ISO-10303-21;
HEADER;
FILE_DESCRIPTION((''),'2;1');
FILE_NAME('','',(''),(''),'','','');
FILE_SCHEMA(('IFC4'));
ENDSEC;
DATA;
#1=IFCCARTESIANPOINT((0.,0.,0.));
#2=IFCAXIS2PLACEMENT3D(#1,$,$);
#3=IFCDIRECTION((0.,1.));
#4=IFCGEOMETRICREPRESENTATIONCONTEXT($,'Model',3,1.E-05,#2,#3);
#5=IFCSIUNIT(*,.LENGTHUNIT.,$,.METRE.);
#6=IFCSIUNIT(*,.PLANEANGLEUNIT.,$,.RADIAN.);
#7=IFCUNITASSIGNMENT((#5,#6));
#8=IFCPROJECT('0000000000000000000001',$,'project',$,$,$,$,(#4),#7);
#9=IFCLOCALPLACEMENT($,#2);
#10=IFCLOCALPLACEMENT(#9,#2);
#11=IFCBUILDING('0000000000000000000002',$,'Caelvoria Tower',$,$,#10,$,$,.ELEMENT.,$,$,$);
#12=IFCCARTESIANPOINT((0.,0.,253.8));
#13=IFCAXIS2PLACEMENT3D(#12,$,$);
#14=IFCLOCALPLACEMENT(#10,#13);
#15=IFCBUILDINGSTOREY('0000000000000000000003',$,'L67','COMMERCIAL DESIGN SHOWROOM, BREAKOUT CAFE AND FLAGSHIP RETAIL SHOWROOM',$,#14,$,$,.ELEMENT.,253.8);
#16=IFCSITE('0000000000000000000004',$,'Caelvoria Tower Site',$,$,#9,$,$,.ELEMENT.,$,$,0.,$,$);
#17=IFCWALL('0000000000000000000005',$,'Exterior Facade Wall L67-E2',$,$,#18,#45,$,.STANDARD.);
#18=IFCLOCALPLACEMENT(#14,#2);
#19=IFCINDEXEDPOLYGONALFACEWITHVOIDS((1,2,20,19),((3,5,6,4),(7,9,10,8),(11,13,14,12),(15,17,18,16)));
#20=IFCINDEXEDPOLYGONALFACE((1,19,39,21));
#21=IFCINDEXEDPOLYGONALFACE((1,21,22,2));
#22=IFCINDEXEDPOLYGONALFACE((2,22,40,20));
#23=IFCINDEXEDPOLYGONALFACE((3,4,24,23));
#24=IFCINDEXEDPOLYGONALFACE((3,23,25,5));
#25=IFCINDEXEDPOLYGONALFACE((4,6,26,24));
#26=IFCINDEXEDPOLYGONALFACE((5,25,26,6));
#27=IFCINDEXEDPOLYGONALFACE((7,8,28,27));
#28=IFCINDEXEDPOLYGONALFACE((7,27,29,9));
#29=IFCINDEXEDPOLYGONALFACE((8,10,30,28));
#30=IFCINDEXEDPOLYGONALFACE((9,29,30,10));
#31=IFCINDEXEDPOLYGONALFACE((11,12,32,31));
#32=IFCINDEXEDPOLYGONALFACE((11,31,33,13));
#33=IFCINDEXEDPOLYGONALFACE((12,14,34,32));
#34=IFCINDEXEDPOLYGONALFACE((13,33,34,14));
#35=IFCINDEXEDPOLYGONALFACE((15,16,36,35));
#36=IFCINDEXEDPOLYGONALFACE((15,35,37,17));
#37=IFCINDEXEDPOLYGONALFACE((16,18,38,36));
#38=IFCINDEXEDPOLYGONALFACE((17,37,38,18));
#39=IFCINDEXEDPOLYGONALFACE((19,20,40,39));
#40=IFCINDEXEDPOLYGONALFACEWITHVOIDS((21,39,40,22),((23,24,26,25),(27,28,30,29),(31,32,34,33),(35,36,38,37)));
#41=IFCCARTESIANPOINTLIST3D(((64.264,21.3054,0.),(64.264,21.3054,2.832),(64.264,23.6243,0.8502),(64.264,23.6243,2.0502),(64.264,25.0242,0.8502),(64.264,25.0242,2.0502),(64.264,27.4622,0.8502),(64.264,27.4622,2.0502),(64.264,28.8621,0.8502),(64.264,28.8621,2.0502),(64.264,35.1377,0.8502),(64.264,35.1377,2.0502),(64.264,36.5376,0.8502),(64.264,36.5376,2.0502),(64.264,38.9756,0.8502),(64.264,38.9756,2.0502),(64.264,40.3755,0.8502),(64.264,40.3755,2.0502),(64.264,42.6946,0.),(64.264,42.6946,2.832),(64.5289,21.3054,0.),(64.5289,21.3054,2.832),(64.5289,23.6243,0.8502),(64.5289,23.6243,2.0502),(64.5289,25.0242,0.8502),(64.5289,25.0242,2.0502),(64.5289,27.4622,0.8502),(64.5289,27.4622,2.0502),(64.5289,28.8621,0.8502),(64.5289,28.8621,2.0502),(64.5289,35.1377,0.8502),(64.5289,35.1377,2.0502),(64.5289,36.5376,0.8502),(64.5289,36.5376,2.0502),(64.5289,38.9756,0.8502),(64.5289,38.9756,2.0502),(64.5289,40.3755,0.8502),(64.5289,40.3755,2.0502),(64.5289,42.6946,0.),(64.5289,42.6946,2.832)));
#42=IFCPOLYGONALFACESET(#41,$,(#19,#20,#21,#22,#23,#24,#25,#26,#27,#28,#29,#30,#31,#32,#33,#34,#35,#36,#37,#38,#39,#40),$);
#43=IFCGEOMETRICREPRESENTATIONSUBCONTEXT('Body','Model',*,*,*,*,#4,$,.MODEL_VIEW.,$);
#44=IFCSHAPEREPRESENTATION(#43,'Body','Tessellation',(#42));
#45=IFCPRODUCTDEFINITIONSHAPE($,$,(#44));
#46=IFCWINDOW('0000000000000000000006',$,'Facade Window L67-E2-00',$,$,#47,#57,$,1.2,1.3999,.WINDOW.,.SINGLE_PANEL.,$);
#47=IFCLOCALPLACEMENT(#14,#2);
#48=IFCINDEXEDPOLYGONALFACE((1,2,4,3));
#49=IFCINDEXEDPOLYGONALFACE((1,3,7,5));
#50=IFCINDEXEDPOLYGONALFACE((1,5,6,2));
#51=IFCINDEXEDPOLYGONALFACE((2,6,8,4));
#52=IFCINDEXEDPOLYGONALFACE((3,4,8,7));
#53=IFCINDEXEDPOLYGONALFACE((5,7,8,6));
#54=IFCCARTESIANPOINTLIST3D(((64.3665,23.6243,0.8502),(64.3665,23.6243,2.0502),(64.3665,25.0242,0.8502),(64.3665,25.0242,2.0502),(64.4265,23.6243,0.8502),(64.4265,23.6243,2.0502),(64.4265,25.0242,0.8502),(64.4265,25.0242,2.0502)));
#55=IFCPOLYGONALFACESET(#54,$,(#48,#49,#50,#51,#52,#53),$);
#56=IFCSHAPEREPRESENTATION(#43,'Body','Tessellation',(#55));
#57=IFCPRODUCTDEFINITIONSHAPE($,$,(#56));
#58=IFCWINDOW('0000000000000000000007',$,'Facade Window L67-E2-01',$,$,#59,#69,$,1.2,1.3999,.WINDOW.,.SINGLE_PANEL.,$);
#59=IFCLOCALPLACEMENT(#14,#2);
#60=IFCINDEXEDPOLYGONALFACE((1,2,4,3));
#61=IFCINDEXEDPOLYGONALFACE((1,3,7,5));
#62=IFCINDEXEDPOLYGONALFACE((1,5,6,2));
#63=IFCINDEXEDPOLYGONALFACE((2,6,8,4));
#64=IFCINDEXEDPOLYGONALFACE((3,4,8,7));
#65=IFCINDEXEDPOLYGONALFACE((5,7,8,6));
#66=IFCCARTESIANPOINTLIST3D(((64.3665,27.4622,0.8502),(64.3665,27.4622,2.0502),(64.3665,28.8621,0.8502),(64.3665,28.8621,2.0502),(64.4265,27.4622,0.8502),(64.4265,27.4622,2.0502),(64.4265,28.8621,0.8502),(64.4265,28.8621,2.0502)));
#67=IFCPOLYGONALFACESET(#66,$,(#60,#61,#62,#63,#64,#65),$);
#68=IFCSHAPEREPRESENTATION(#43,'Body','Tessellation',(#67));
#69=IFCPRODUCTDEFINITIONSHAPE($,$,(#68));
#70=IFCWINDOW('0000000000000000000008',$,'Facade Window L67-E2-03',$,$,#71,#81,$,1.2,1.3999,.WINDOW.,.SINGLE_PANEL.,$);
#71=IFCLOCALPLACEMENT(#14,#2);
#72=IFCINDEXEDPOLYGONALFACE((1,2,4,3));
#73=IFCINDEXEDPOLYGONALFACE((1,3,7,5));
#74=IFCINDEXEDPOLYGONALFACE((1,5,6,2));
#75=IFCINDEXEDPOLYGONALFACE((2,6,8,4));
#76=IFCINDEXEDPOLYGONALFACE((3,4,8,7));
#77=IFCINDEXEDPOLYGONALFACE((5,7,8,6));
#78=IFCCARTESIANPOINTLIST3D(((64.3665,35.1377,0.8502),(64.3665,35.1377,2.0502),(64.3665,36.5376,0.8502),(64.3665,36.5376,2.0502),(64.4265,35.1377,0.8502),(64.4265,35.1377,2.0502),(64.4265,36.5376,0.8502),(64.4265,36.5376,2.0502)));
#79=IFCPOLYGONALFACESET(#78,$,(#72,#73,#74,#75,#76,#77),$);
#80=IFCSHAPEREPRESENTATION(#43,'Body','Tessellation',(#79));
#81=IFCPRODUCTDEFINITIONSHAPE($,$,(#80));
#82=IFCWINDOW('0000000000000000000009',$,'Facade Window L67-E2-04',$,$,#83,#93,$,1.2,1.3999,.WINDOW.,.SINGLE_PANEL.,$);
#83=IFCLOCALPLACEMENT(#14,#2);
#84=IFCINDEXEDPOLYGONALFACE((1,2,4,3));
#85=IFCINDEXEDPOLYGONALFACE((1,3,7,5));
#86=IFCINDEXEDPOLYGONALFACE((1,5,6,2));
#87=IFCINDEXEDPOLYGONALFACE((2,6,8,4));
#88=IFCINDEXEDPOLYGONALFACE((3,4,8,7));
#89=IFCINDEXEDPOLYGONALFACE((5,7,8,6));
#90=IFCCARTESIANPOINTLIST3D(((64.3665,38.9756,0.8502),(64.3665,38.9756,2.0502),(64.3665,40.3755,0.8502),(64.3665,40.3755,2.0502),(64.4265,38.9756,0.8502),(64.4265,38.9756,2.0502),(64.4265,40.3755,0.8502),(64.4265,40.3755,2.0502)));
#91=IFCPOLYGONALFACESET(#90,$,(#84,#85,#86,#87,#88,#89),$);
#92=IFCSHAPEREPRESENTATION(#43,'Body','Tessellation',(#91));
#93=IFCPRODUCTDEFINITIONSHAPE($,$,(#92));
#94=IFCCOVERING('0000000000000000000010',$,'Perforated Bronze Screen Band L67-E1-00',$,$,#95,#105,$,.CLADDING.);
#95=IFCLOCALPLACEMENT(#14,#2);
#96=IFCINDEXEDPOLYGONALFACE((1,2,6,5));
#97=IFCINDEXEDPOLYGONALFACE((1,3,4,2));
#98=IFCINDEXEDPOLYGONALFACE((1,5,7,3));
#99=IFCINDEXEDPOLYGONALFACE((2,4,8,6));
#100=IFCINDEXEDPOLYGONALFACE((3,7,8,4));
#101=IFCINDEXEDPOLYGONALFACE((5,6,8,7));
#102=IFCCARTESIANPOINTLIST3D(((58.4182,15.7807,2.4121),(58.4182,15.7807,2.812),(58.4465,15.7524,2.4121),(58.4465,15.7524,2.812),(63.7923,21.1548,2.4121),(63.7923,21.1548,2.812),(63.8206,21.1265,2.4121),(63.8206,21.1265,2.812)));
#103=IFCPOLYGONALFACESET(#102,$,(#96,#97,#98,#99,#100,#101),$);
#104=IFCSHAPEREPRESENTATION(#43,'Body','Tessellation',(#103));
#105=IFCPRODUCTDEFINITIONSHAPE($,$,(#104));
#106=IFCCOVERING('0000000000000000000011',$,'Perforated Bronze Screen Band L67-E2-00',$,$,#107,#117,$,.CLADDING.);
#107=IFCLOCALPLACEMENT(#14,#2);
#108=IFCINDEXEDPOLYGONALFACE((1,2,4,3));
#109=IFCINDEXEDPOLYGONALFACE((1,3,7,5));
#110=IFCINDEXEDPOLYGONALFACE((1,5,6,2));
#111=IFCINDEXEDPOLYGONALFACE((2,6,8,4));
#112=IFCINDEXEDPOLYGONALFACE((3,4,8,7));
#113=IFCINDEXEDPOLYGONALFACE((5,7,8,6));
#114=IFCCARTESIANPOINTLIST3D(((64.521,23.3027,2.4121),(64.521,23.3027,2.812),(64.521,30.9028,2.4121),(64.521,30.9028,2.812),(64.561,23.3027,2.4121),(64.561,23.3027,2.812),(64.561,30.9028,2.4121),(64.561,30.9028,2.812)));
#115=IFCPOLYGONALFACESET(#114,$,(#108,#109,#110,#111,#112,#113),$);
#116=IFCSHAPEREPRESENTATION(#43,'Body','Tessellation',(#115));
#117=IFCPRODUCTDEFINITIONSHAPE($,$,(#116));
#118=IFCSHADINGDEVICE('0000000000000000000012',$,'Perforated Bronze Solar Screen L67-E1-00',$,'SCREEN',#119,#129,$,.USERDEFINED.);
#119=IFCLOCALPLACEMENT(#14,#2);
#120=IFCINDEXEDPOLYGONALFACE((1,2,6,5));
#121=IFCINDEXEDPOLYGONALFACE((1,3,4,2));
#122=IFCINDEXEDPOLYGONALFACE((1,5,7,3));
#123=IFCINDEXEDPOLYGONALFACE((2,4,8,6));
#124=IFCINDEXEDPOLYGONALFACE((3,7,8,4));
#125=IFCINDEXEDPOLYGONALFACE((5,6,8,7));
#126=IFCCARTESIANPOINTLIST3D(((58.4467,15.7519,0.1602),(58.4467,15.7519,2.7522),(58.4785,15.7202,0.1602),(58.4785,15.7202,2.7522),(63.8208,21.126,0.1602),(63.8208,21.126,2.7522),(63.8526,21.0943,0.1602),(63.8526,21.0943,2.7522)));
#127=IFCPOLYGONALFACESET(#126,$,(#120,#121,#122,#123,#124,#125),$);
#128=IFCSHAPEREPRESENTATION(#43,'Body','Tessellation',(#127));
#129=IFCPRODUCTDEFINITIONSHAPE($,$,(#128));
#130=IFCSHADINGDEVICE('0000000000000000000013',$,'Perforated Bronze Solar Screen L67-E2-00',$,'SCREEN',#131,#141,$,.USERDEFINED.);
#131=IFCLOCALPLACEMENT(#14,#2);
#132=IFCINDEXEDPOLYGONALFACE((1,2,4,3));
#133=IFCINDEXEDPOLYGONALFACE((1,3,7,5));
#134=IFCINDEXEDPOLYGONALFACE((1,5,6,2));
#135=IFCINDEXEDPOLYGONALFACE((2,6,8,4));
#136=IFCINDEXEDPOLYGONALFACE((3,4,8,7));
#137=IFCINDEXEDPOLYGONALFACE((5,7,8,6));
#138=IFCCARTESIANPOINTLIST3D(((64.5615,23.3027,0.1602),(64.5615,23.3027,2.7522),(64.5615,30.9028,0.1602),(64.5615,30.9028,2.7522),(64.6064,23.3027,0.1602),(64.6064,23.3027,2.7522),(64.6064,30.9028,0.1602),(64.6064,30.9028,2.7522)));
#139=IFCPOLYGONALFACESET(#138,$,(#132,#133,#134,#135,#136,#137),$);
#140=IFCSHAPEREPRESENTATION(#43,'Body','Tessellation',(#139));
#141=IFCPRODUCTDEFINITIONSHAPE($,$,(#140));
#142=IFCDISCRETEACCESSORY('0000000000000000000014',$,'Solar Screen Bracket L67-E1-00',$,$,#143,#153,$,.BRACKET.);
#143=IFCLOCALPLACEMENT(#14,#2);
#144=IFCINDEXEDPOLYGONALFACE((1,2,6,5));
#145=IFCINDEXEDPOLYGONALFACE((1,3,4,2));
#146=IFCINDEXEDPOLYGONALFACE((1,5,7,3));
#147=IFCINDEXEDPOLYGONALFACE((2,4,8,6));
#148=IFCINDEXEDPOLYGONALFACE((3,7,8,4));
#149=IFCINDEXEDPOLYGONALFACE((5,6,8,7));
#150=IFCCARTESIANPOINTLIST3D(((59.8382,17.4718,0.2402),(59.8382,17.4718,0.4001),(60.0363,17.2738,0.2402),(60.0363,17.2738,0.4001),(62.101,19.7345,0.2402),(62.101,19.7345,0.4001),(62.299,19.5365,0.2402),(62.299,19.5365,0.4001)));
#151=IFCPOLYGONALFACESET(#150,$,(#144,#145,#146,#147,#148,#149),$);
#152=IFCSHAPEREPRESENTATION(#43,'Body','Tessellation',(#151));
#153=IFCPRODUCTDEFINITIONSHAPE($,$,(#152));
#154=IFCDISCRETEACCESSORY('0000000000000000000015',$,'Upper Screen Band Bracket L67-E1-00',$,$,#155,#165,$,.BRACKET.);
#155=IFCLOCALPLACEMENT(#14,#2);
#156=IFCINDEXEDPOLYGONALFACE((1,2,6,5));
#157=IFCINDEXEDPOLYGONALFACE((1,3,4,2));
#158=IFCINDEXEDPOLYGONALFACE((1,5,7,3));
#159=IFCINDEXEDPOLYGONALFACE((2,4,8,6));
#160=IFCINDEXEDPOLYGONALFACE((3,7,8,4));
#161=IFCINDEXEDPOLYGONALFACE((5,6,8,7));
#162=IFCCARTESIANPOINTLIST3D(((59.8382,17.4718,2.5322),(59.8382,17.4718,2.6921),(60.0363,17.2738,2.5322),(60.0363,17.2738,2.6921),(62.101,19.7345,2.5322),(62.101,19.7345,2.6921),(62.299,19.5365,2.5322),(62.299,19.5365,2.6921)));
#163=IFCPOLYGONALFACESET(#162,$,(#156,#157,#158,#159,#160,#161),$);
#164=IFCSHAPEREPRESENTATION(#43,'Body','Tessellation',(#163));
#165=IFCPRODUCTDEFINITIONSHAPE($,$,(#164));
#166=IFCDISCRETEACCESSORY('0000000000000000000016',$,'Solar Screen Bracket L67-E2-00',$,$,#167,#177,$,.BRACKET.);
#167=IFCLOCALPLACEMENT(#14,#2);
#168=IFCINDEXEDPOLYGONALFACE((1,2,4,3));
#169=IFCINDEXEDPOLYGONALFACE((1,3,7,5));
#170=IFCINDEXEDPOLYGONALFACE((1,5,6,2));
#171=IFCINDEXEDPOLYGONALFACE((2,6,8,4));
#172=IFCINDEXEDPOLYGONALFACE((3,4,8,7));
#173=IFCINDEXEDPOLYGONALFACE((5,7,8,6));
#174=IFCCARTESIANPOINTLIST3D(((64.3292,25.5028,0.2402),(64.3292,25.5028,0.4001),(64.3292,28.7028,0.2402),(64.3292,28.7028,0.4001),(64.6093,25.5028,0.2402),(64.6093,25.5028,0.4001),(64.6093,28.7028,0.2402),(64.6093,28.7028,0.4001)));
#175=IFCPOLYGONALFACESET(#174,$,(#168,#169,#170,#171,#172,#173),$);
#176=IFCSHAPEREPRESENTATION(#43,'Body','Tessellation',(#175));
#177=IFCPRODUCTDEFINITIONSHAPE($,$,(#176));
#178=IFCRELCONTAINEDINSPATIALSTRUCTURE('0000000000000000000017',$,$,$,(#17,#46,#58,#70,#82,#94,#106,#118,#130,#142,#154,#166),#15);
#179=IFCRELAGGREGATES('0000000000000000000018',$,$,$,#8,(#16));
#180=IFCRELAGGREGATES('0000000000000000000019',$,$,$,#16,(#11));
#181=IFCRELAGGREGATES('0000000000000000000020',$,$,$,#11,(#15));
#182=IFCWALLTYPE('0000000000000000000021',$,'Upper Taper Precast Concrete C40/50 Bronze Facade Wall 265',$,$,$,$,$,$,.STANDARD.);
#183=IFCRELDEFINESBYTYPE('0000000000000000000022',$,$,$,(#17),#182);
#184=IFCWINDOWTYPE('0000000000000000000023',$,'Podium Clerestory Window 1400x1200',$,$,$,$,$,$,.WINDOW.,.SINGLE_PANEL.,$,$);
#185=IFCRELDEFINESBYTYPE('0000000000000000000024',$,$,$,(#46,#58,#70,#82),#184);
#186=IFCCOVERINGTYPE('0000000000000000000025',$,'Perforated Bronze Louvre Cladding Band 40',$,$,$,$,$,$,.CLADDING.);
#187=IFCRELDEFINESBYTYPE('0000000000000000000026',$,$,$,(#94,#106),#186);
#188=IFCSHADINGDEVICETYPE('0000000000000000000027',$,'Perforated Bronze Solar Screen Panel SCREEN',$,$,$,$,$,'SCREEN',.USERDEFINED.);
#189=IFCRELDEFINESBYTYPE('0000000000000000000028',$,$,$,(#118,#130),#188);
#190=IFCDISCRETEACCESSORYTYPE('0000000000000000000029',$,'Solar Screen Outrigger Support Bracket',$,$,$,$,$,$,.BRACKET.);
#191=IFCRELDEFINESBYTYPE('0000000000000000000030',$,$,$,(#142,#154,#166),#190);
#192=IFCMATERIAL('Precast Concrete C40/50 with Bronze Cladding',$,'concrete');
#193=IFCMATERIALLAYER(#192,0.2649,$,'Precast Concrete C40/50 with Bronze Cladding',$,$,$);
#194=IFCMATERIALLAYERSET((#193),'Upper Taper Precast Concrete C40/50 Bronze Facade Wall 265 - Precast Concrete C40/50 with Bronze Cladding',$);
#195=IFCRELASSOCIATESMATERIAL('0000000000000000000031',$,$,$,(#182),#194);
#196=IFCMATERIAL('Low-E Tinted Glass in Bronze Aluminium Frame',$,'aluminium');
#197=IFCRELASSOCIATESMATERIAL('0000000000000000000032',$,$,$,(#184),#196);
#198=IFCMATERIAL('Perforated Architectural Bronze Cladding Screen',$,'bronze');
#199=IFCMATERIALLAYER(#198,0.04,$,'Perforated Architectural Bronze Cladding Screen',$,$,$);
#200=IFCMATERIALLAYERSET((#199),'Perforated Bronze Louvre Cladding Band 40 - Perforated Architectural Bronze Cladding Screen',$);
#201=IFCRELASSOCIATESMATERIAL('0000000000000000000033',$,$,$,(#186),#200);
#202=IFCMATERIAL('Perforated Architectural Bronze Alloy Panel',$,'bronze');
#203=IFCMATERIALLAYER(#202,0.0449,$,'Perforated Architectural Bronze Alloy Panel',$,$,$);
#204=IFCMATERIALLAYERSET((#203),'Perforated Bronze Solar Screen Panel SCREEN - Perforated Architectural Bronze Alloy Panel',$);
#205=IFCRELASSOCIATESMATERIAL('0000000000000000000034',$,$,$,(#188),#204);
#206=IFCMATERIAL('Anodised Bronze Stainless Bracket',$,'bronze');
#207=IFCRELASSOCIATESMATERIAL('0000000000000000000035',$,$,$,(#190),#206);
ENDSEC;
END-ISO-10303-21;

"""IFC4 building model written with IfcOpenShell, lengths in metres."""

from ifc_helpers import new_model, si_unit, direction, frame, frame_2d, origin, origin_2d, place, context, subcontext, project, spatial, rectangle, extrude, material, layer, layer_set, type_object, element, fill, save


model = new_model("IFC4")

# Units and contexts
model_context = context("Model", 3, precision=1e-05, world=origin(), true_north=direction((0.0, 1.0)))
body_context = subcontext(model_context, "Body", "Model", "MODEL_VIEW")
ifc_project = project(units=[si_unit("LENGTHUNIT", "METRE"), si_unit("PLANEANGLEUNIT", "RADIAN")], contexts=[model_context])

# Site, building, storey
site_placement = place(None, origin())
site = spatial("IfcSite", under=ifc_project, at=site_placement, Name="Caelvoria Tower Site", CompositionType="ELEMENT", RefElevation=0.0)
building_placement = place(site_placement, origin())
building = spatial("IfcBuilding", under=site, at=building_placement, Name="Caelvoria Tower", CompositionType="ELEMENT")
storey_placement = place(building_placement, frame((0.0, 0.0, 253.8)))
storey = spatial("IfcBuildingStorey", under=building, at=storey_placement, Name="L67", Description="COMMERCIAL DESIGN SHOWROOM, BREAKOUT CAFE AND FLAGSHIP RETAIL SHOWROOM", CompositionType="ELEMENT", Elevation=253.8)

# Shared definitions
ifc_material_1 = material(Name="Precast Concrete C40/50 with Bronze Cladding", Category="concrete")
ifc_layer_1 = layer(ifc_material_1, 0.2649, Name="Precast Concrete C40/50 with Bronze Cladding")
ifc_layer_set_1 = layer_set([ifc_layer_1], Name="Upper Taper Precast Concrete C40/50 Bronze Facade Wall 265 - Precast Concrete C40/50 with Bronze Cladding")
wall_type_1 = type_object("IfcWallType", Name="Upper Taper Precast Concrete C40/50 Bronze Facade Wall 265", PredefinedType="STANDARD", material=ifc_layer_set_1)

# Wall, openings, windows
wall_1_placement = place(storey_placement, frame((64.3965, 21.3054, 0.0), z_axis=(0.0, 0.0, 1.0), x_axis=(0.0, 1.0, 0.0)))
wall_1 = element("IfcWall", 1, at=wall_1_placement, inside=storey, type_object=wall_type_1, Name="Exterior Facade Wall L67-E2", PredefinedType="STANDARD", context=body_context, shape_type="SweptSolid", body=[
    extrude(rectangle(XDim=21.3892, YDim=0.2649, at=frame_2d((10.6946, 0.0))), origin(), (0.0, 0.0, 1.0), 2.832),
])
opening_1_placement = place(wall_1_placement, frame((2.3188, 0.0, 0.8501)))
opening_1 = element("IfcOpeningElement", 2, at=opening_1_placement, cuts=wall_1, PredefinedType="OPENING", context=body_context, shape_type="SweptSolid", body=[
    extrude(rectangle(XDim=1.3999, YDim=1.2, at=frame_2d((0.7, 0.6001))), frame((0.0, 0.1423, 0.0), z_axis=(0.0, -1.0, 0.0), x_axis=(1.0, 0.0, 0.0)), (0.0, 0.0, 1.0), 0.2849),
])
opening_2_placement = place(wall_1_placement, frame((6.1567, 0.0, 0.8501)))
opening_2 = element("IfcOpeningElement", 3, at=opening_2_placement, cuts=wall_1, PredefinedType="OPENING", context=body_context, shape_type="SweptSolid", body=[
    extrude(rectangle(XDim=1.3999, YDim=1.2, at=frame_2d((0.7, 0.6001))), frame((0.0, 0.1423, 0.0), z_axis=(0.0, -1.0, 0.0), x_axis=(1.0, 0.0, 0.0)), (0.0, 0.0, 1.0), 0.2849),
])
opening_3_placement = place(wall_1_placement, frame((13.8323, 0.0, 0.8501)))
opening_3 = element("IfcOpeningElement", 4, at=opening_3_placement, cuts=wall_1, PredefinedType="OPENING", context=body_context, shape_type="SweptSolid", body=[
    extrude(rectangle(XDim=1.3999, YDim=1.2, at=frame_2d((0.7, 0.6001))), frame((0.0, 0.1423, 0.0), z_axis=(0.0, -1.0, 0.0), x_axis=(1.0, 0.0, 0.0)), (0.0, 0.0, 1.0), 0.2849),
])
opening_4_placement = place(wall_1_placement, frame((17.6702, 0.0, 0.8501)))
opening_4 = element("IfcOpeningElement", 5, at=opening_4_placement, cuts=wall_1, PredefinedType="OPENING", context=body_context, shape_type="SweptSolid", body=[
    extrude(rectangle(XDim=1.3999, YDim=1.2, at=frame_2d((0.7, 0.6001))), frame((0.0, 0.1423, 0.0), z_axis=(0.0, -1.0, 0.0), x_axis=(1.0, 0.0, 0.0)), (0.0, 0.0, 1.0), 0.2849),
])
ifc_material_2 = material(Name="Low-E Tinted Glass in Bronze Aluminium Frame", Category="aluminium")
window_type = type_object("IfcWindowType", Name="Podium Clerestory Window 1400x1200", PartitioningType="SINGLE_PANEL", PredefinedType="WINDOW", material=ifc_material_2)
window_1_placement = place(opening_1_placement, origin())
window_1 = element("IfcWindow", 6, at=window_1_placement, inside=storey, type_object=window_type, Name="Facade Window L67-E2-00", OverallHeight=1.2, OverallWidth=1.3999, PartitioningType="SINGLE_PANEL", PredefinedType="WINDOW", context=body_context, shape_type="SweptSolid", body=[
    extrude(rectangle(XDim=1.3999, YDim=1.2, at=frame_2d((0.7, 0.6001))), frame((0.0, 0.03, 0.0), z_axis=(0.0, -1.0, 0.0), x_axis=(1.0, 0.0, 0.0)), (0.0, 0.0, 1.0), 0.0601),
])
fill(opening_1, window_1)
window_2_placement = place(opening_2_placement, origin())
window_2 = element("IfcWindow", 7, at=window_2_placement, inside=storey, type_object=window_type, Name="Facade Window L67-E2-01", OverallHeight=1.2, OverallWidth=1.3999, PartitioningType="SINGLE_PANEL", PredefinedType="WINDOW", context=body_context, shape_type="SweptSolid", body=[
    extrude(rectangle(XDim=1.3999, YDim=1.2, at=frame_2d((0.7, 0.6001))), frame((0.0, 0.03, 0.0), z_axis=(0.0, -1.0, 0.0), x_axis=(1.0, 0.0, 0.0)), (0.0, 0.0, 1.0), 0.0601),
])
fill(opening_2, window_2)
window_3_placement = place(opening_3_placement, origin())
window_3 = element("IfcWindow", 8, at=window_3_placement, inside=storey, type_object=window_type, Name="Facade Window L67-E2-03", OverallHeight=1.2, OverallWidth=1.3999, PartitioningType="SINGLE_PANEL", PredefinedType="WINDOW", context=body_context, shape_type="SweptSolid", body=[
    extrude(rectangle(XDim=1.3999, YDim=1.2, at=frame_2d((0.7, 0.6001))), frame((0.0, 0.03, 0.0), z_axis=(0.0, -1.0, 0.0), x_axis=(1.0, 0.0, 0.0)), (0.0, 0.0, 1.0), 0.0601),
])
fill(opening_3, window_3)
window_4_placement = place(opening_4_placement, origin())
window_4 = element("IfcWindow", 9, at=window_4_placement, inside=storey, type_object=window_type, Name="Facade Window L67-E2-04", OverallHeight=1.2, OverallWidth=1.3999, PartitioningType="SINGLE_PANEL", PredefinedType="WINDOW", context=body_context, shape_type="SweptSolid", body=[
    extrude(rectangle(XDim=1.3999, YDim=1.2, at=frame_2d((0.7, 0.6001))), frame((0.0, 0.03, 0.0), z_axis=(0.0, -1.0, 0.0), x_axis=(1.0, 0.0, 0.0)), (0.0, 0.0, 1.0), 0.0601),
])
fill(opening_4, window_4)

# Coverings
ifc_material_3 = material(Name="Perforated Architectural Bronze Cladding Screen", Category="bronze")
ifc_layer_2 = layer(ifc_material_3, 0.04, Name="Perforated Architectural Bronze Cladding Screen")
ifc_layer_set_2 = layer_set([ifc_layer_2], Name="Perforated Bronze Louvre Cladding Band 40 - Perforated Architectural Bronze Cladding Screen")
covering_type = type_object("IfcCoveringType", Name="Perforated Bronze Louvre Cladding Band 40", PredefinedType="CLADDING", material=ifc_layer_set_2)
for number, where, z_axis, x_axis, name in (
    (10, (61.1194, 18.4536, 2.4121), (0.0, 0.0, 1.0), (0.707107, 0.707107, 0.0), "Perforated Bronze Screen Band L67-E1-00"),
    (11, (64.541, 27.1028, 2.4121), (0.0, 0.0, 1.0), (0.0, 1.0, 0.0), "Perforated Bronze Screen Band L67-E2-00"),
):
    element("IfcCovering", number, at=place(storey_placement, frame(where, z_axis=z_axis, x_axis=x_axis)), inside=storey, type_object=covering_type, Name=name, PredefinedType="CLADDING", context=body_context, shape_type="SweptSolid", body=[
        extrude(rectangle(XDim=7.6001, YDim=0.04, at=origin_2d()), origin(), (0.0, 0.0, 1.0), 0.3999),
    ])

# Shading devices
ifc_material_4 = material(Name="Perforated Architectural Bronze Alloy Panel", Category="bronze")
ifc_layer_3 = layer(ifc_material_4, 0.0449, Name="Perforated Architectural Bronze Alloy Panel")
ifc_layer_set_3 = layer_set([ifc_layer_3], Name="Perforated Bronze Solar Screen Panel SCREEN - Perforated Architectural Bronze Alloy Panel")
shading_device_type = type_object("IfcShadingDeviceType", Name="Perforated Bronze Solar Screen Panel SCREEN", ElementType="SCREEN", PredefinedType="USERDEFINED", material=ifc_layer_set_3)
for number, where, z_axis, x_axis, name in (
    (12, (61.1497, 18.4231, 0.1602), (0.0, 0.0, 1.0), (0.707107, 0.707107, 0.0), "Perforated Bronze Solar Screen L67-E1-00"),
    (13, (64.584, 27.1028, 0.1602), (0.0, 0.0, 1.0), (0.0, 1.0, 0.0), "Perforated Bronze Solar Screen L67-E2-00"),
):
    element("IfcShadingDevice", number, at=place(storey_placement, frame(where, z_axis=z_axis, x_axis=x_axis)), inside=storey, type_object=shading_device_type, Name=name, ObjectType="SCREEN", PredefinedType="USERDEFINED", context=body_context, shape_type="SweptSolid", body=[
        extrude(rectangle(XDim=7.6001, YDim=0.0449, at=origin_2d()), origin(), (0.0, 0.0, 1.0), 2.592),
    ])

# Discrete accessories
ifc_material_5 = material(Name="Anodised Bronze Stainless Bracket", Category="bronze")
discrete_accessory_type = type_object("IfcDiscreteAccessoryType", Name="Solar Screen Outrigger Support Bracket", PredefinedType="BRACKET", material=ifc_material_5)
for number, where, z_axis, x_axis, name in (
    (14, (61.0686, 18.5042, 0.2402), (0.0, 0.0, 1.0), (0.707107, 0.707107, 0.0), "Solar Screen Bracket L67-E1-00"),
    (15, (61.0686, 18.5042, 2.5322), (0.0, 0.0, 1.0), (0.707107, 0.707107, 0.0), "Upper Screen Band Bracket L67-E1-00"),
    (16, (64.4692, 27.1028, 0.2402), (0.0, 0.0, 1.0), (0.0, 1.0, 0.0), "Solar Screen Bracket L67-E2-00"),
):
    element("IfcDiscreteAccessory", number, at=place(storey_placement, frame(where, z_axis=z_axis, x_axis=x_axis)), inside=storey, type_object=discrete_accessory_type, Name=name, PredefinedType="BRACKET", context=body_context, shape_type="SweptSolid", body=[
        extrude(rectangle(XDim=3.2, YDim=0.28, at=origin_2d()), origin(), (0.0, 0.0, 1.0), 0.1599),
    ])

save(model, "model.ifc")
